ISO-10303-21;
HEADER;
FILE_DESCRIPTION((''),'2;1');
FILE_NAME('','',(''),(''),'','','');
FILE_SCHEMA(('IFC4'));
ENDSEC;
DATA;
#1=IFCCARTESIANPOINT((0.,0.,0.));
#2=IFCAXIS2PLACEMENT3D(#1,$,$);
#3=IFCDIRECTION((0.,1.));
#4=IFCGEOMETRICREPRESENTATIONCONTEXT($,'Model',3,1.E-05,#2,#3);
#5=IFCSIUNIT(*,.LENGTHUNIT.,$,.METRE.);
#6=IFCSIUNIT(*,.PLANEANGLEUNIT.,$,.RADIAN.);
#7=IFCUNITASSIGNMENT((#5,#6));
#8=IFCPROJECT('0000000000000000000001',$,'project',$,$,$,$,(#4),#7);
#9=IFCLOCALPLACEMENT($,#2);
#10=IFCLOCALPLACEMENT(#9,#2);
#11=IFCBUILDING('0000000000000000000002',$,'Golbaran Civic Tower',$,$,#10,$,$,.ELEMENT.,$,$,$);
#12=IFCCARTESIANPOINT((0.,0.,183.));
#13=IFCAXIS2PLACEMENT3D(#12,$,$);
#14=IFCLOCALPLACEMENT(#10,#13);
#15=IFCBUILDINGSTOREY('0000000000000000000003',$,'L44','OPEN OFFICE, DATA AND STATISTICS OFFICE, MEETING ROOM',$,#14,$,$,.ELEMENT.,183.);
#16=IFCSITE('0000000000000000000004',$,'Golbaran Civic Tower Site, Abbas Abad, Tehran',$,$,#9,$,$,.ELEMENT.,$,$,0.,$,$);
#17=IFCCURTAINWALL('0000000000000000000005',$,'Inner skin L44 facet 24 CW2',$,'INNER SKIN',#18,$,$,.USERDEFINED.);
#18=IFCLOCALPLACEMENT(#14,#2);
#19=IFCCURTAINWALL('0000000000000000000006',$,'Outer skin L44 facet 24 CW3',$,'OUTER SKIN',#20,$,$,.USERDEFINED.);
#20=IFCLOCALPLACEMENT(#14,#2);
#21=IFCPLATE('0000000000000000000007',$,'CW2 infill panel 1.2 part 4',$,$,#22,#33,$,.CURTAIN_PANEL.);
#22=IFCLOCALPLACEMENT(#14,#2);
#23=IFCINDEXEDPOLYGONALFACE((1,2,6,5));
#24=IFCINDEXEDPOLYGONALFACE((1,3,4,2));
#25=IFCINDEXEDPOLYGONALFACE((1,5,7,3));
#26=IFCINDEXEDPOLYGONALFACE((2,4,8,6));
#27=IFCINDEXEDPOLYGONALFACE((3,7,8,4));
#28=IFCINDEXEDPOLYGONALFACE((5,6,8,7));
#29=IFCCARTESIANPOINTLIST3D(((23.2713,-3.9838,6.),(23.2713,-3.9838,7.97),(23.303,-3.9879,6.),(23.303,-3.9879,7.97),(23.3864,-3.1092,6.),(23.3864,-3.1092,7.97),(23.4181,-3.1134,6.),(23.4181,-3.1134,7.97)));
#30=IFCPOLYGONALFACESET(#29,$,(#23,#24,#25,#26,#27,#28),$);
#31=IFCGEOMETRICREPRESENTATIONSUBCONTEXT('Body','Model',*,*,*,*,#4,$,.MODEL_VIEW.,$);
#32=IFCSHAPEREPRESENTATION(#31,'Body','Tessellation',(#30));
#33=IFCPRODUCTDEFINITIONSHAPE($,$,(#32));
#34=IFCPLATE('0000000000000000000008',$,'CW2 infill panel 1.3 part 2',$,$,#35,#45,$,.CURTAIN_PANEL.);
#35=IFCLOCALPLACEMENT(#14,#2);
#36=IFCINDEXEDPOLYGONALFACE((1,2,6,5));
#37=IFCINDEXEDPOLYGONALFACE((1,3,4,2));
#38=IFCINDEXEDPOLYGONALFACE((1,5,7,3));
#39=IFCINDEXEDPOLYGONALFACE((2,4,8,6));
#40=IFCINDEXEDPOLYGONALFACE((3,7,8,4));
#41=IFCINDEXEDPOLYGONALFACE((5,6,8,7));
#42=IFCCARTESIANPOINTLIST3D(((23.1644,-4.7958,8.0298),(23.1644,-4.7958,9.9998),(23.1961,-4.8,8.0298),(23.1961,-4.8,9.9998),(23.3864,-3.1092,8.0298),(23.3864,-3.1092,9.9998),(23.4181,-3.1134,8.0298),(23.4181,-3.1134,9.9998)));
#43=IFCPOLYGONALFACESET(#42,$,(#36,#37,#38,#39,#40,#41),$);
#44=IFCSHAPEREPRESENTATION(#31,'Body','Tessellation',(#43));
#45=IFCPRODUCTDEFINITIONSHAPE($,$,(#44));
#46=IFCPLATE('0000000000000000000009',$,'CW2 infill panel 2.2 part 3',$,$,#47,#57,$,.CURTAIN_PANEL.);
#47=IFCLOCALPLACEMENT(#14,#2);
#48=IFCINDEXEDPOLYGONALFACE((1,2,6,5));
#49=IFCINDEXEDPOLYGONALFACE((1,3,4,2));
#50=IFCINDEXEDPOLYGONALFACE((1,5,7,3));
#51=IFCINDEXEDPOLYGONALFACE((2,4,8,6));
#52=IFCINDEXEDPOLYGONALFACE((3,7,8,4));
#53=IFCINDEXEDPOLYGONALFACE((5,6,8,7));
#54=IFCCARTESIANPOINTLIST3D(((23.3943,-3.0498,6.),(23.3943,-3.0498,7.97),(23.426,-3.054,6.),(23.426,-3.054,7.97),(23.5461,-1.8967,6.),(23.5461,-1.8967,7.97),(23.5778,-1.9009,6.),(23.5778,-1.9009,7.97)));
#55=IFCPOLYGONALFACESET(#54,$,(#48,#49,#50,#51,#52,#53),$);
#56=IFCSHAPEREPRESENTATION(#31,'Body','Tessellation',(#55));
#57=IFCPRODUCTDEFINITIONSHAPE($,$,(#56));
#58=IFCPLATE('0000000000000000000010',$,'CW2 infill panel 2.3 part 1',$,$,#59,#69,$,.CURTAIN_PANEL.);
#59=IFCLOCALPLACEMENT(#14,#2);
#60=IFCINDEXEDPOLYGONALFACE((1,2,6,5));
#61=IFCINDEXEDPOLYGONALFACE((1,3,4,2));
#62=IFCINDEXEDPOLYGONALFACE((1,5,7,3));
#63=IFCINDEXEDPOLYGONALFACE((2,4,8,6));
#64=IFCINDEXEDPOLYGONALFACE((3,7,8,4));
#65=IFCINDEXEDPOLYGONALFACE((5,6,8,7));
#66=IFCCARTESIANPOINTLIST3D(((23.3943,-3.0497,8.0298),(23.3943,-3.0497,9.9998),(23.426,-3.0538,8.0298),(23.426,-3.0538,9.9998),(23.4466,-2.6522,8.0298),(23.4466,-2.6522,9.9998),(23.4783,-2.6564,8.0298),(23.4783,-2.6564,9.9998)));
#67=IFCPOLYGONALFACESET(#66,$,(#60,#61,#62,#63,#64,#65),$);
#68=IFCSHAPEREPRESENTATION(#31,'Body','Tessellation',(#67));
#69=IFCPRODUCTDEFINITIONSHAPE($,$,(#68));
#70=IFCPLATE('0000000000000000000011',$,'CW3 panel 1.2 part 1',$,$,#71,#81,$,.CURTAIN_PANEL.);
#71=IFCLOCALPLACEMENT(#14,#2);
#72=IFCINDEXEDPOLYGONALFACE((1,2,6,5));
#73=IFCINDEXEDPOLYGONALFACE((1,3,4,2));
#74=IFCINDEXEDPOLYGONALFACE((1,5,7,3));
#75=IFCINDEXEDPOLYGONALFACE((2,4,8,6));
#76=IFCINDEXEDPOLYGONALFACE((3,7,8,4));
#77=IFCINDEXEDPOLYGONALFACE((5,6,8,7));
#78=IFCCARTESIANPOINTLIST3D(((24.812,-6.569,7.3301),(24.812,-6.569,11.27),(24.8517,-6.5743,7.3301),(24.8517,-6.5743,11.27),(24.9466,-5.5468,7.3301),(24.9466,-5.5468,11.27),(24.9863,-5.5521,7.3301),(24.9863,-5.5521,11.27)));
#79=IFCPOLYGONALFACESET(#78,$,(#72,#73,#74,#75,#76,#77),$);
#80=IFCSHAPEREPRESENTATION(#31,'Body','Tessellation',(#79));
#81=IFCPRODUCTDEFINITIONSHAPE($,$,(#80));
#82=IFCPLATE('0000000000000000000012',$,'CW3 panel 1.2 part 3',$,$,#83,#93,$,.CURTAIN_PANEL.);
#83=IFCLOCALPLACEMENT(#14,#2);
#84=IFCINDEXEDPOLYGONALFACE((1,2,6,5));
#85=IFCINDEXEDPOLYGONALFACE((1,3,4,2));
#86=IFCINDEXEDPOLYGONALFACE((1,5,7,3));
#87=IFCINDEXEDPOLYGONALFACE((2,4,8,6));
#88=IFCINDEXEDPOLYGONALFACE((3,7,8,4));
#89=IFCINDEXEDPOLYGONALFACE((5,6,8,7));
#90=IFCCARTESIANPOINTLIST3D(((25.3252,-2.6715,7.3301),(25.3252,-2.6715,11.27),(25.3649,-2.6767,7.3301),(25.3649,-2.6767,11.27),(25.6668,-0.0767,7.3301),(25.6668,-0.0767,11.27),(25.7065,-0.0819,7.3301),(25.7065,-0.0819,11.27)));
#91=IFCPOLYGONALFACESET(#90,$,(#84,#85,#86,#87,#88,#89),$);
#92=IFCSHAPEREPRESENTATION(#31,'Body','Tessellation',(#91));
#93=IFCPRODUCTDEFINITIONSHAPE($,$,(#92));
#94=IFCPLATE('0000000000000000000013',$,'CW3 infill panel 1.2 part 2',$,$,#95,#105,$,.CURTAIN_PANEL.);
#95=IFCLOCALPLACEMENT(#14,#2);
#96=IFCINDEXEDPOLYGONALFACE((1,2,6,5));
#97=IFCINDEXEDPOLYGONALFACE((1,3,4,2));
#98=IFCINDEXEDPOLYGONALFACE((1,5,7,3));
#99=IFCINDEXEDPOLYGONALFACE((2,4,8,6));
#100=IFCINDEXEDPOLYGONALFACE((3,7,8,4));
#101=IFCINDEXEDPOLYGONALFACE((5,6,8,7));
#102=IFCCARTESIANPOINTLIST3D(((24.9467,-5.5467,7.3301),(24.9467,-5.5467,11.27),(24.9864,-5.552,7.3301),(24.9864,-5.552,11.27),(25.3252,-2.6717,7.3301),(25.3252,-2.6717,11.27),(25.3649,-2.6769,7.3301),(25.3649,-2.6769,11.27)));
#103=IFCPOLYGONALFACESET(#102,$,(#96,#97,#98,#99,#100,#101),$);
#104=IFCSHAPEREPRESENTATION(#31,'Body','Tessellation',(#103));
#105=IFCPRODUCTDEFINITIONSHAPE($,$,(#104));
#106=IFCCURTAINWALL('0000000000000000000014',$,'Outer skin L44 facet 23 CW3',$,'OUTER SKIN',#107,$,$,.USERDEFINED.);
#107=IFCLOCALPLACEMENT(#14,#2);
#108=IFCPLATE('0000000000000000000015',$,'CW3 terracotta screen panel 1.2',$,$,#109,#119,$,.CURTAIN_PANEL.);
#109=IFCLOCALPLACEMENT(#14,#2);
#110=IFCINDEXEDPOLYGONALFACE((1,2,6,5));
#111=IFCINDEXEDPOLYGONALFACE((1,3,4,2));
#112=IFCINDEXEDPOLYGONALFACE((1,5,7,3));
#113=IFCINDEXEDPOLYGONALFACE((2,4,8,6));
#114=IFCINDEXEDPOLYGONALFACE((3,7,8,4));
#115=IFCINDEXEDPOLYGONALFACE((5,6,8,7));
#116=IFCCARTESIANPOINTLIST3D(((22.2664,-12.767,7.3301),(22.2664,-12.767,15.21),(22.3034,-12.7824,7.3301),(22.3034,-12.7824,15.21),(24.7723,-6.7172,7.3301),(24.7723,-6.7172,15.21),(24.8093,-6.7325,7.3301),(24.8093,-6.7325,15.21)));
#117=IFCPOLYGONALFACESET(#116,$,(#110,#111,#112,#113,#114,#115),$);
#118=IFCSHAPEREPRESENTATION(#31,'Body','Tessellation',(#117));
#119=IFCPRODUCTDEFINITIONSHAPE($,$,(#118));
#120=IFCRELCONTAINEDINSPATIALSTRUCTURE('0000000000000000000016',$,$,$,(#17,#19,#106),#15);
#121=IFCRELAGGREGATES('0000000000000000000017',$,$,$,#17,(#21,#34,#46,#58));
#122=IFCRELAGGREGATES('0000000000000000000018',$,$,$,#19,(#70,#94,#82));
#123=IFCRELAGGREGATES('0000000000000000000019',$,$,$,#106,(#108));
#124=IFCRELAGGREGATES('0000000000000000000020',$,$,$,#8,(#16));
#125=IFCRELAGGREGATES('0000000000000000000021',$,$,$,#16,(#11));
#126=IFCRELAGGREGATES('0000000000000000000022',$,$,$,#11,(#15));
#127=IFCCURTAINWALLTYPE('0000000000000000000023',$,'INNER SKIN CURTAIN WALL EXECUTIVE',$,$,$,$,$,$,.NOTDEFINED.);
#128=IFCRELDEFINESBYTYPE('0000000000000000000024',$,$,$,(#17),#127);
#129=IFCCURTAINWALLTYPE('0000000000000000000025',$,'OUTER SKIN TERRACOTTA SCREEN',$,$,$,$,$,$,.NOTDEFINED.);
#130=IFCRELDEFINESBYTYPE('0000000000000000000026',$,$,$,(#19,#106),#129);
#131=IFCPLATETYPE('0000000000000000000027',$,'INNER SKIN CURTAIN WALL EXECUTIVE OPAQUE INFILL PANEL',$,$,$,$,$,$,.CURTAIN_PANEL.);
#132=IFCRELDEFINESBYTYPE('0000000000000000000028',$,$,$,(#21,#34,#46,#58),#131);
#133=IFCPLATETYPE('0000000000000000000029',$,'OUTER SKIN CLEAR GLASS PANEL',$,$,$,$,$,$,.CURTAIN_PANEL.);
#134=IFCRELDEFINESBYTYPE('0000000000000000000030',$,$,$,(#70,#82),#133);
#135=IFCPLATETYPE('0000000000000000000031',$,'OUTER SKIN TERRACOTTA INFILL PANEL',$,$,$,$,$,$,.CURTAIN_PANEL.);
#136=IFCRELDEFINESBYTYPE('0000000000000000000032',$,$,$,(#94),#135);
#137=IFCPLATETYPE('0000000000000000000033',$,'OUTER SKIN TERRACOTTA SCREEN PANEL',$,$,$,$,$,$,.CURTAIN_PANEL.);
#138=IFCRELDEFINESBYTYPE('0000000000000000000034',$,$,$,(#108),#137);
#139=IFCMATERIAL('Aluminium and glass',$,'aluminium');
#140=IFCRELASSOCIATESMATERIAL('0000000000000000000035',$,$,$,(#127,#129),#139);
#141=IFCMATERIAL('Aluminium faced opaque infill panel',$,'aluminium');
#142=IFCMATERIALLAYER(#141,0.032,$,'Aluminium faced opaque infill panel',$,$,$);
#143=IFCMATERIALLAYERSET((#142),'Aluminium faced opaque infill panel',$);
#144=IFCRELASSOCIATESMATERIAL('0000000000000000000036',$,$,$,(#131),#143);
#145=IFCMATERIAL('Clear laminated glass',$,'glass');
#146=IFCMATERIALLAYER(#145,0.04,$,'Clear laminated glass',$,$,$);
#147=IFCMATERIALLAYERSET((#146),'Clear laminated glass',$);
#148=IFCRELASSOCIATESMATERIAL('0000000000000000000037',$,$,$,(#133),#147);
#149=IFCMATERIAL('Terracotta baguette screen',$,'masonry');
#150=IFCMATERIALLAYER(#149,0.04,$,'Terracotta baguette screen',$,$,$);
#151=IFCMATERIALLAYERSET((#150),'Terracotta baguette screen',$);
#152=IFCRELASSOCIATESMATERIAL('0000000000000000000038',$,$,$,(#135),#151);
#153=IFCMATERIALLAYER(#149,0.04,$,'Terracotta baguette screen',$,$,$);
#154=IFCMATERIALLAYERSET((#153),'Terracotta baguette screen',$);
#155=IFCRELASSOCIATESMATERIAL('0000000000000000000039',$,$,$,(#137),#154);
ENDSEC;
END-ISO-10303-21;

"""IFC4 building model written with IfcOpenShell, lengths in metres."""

from ifc_helpers import new_model, si_unit, direction, frame, origin, origin_2d, place, context, subcontext, project, spatial, rectangle, extrude, material, layer, layer_set, type_object, element, aggregate, save


model = new_model("IFC4")

# Units and contexts
model_context = context("Model", 3, precision=1e-05, world=origin(), true_north=direction((0.0, 1.0)))
body_context = subcontext(model_context, "Body", "Model", "MODEL_VIEW")
ifc_project = project(units=[si_unit("LENGTHUNIT", "METRE"), si_unit("PLANEANGLEUNIT", "RADIAN")], contexts=[model_context])

# Site, building, storey
site_placement = place(None, origin())
site = spatial("IfcSite", under=ifc_project, at=site_placement, Name="Golbaran Civic Tower Site, Abbas Abad, Tehran", CompositionType="ELEMENT", RefElevation=0.0)
building_placement = place(site_placement, origin())
building = spatial("IfcBuilding", under=site, at=building_placement, Name="Golbaran Civic Tower", CompositionType="ELEMENT")
storey_placement = place(building_placement, frame((0.0, 0.0, 183.0)))
storey = spatial("IfcBuildingStorey", under=building, at=storey_placement, Name="L44", Description="OPEN OFFICE, DATA AND STATISTICS OFFICE, MEETING ROOM", CompositionType="ELEMENT", Elevation=183.0)

# Shared definitions
ifc_material_1 = material(Name="Aluminium and glass", Category="aluminium")
curtain_wall_type_1 = type_object("IfcCurtainWallType", Name="INNER SKIN CURTAIN WALL EXECUTIVE", PredefinedType="NOTDEFINED", material=ifc_material_1)

# Curtain wall
curtain_wall_1_placement = place(storey_placement, origin())
curtain_wall_1 = element("IfcCurtainWall", 1, at=curtain_wall_1_placement, inside=storey, type_object=curtain_wall_type_1, Name="Inner skin L44 facet 24 CW2", ObjectType="INNER SKIN", PredefinedType="USERDEFINED")

# Curtain wall
curtain_wall_type_2 = type_object("IfcCurtainWallType", Name="OUTER SKIN TERRACOTTA SCREEN", PredefinedType="NOTDEFINED", material=ifc_material_1)
curtain_wall_2_placement = place(storey_placement, origin())
curtain_wall_2 = element("IfcCurtainWall", 2, at=curtain_wall_2_placement, inside=storey, type_object=curtain_wall_type_2, Name="Outer skin L44 facet 24 CW3", ObjectType="OUTER SKIN", PredefinedType="USERDEFINED")

# Plates
ifc_material_2 = material(Name="Aluminium faced opaque infill panel", Category="aluminium")
ifc_layer_1 = layer(ifc_material_2, 0.032, Name="Aluminium faced opaque infill panel")
ifc_layer_set_1 = layer_set([ifc_layer_1], Name="Aluminium faced opaque infill panel")
plate_type_1 = type_object("IfcPlateType", Name="INNER SKIN CURTAIN WALL EXECUTIVE OPAQUE INFILL PANEL", PredefinedType="CURTAIN_PANEL", material=ifc_layer_set_1)
plate_1_placement = place(storey_placement, frame((23.3447, -3.5486, 6.0), z_axis=(0.0, 0.0, 1.0), x_axis=(0.130526, 0.991445, 0.0)))
plate_1 = element("IfcPlate", 3, at=plate_1_placement, type_object=plate_type_1, Name="CW2 infill panel 1.2 part 4", PredefinedType="CURTAIN_PANEL", context=body_context, shape_type="SweptSolid", body=[
    extrude(rectangle(XDim=0.8821, YDim=0.032, at=origin_2d()), origin(), (0.0, 0.0, 1.0), 1.97),
])
plate_2_placement = place(storey_placement, frame((23.2913, -3.9546, 8.0298), z_axis=(0.0, 0.0, 1.0), x_axis=(0.130526, 0.991445, 0.0)))
plate_2 = element("IfcPlate", 4, at=plate_2_placement, type_object=plate_type_1, Name="CW2 infill panel 1.3 part 2", PredefinedType="CURTAIN_PANEL", context=body_context, shape_type="SweptSolid", body=[
    extrude(rectangle(XDim=1.7012, YDim=0.032, at=origin_2d()), origin(), (0.0, 0.0, 1.0), 1.97),
])
plate_3_placement = place(storey_placement, frame((23.4861, -2.4753, 6.0), z_axis=(0.0, 0.0, 1.0), x_axis=(0.130526, 0.991445, 0.0)))
plate_3 = element("IfcPlate", 5, at=plate_3_placement, type_object=plate_type_1, Name="CW2 infill panel 2.2 part 3", PredefinedType="CURTAIN_PANEL", context=body_context, shape_type="SweptSolid", body=[
    extrude(rectangle(XDim=1.1631, YDim=0.032, at=origin_2d()), origin(), (0.0, 0.0, 1.0), 1.97),
])
plate_4_placement = place(storey_placement, frame((23.4363, -2.853, 8.0298), z_axis=(0.0, 0.0, 1.0), x_axis=(0.130526, 0.991445, 0.0)))
plate_4 = element("IfcPlate", 6, at=plate_4_placement, type_object=plate_type_1, Name="CW2 infill panel 2.3 part 1", PredefinedType="CURTAIN_PANEL", context=body_context, shape_type="SweptSolid", body=[
    extrude(rectangle(XDim=0.4009, YDim=0.032, at=origin_2d()), origin(), (0.0, 0.0, 1.0), 1.97),
])
aggregate(curtain_wall_1, [plate_1, plate_2, plate_3, plate_4])
ifc_material_3 = material(Name="Clear laminated glass", Category="glass")
ifc_layer_2 = layer(ifc_material_3, 0.04, Name="Clear laminated glass")
ifc_layer_set_2 = layer_set([ifc_layer_2], Name="Clear laminated glass")
plate_type_2 = type_object("IfcPlateType", Name="OUTER SKIN CLEAR GLASS PANEL", PredefinedType="CURTAIN_PANEL", material=ifc_layer_set_2)
plate_5_placement = place(storey_placement, frame((24.8992, -6.0605, 7.3301), z_axis=(0.0, 0.0, 1.0), x_axis=(0.130526, 0.991445, 0.0)))
plate_5 = element("IfcPlate", 7, at=plate_5_placement, type_object=plate_type_2, Name="CW3 panel 1.2 part 1", PredefinedType="CURTAIN_PANEL", context=body_context, shape_type="SweptSolid", body=[
    extrude(rectangle(XDim=1.031, YDim=0.04, at=origin_2d()), origin(), (0.0, 0.0, 1.0), 3.9399),
])
plate_6_placement = place(storey_placement, frame((25.5159, -1.3767, 7.3301), z_axis=(0.0, 0.0, 1.0), x_axis=(0.130526, 0.991445, 0.0)))
plate_6 = element("IfcPlate", 8, at=plate_6_placement, type_object=plate_type_2, Name="CW3 panel 1.2 part 3", PredefinedType="CURTAIN_PANEL", context=body_context, shape_type="SweptSolid", body=[
    extrude(rectangle(XDim=2.6172, YDim=0.04, at=origin_2d()), origin(), (0.0, 0.0, 1.0), 3.9399),
])
ifc_material_4 = material(Name="Terracotta baguette screen", Category="masonry")
ifc_layer_3 = layer(ifc_material_4, 0.04, Name="Terracotta baguette screen")
ifc_layer_set_3 = layer_set([ifc_layer_3], Name="Terracotta baguette screen")
plate_type_3 = type_object("IfcPlateType", Name="OUTER SKIN TERRACOTTA INFILL PANEL", PredefinedType="CURTAIN_PANEL", material=ifc_layer_set_3)
plate_7_placement = place(storey_placement, frame((25.1558, -4.1118, 7.3301), z_axis=(0.0, 0.0, 1.0), x_axis=(0.130526, 0.991445, 0.0)))
plate_7 = element("IfcPlate", 9, at=plate_7_placement, type_object=plate_type_3, Name="CW3 infill panel 1.2 part 2", PredefinedType="CURTAIN_PANEL", context=body_context, shape_type="SweptSolid", body=[
    extrude(rectangle(XDim=2.8999, YDim=0.04, at=origin_2d()), origin(), (0.0, 0.0, 1.0), 3.9399),
])
aggregate(curtain_wall_2, [plate_5, plate_7, plate_6])

# Curtain wall, plate
curtain_wall_3_placement = place(storey_placement, origin())
curtain_wall_3 = element("IfcCurtainWall", 10, at=curtain_wall_3_placement, inside=storey, type_object=curtain_wall_type_2, Name="Outer skin L44 facet 23 CW3", ObjectType="OUTER SKIN", PredefinedType="USERDEFINED")
ifc_layer_4 = layer(ifc_material_4, 0.04, Name="Terracotta baguette screen")
ifc_layer_set_4 = layer_set([ifc_layer_4], Name="Terracotta baguette screen")
plate_type_4 = type_object("IfcPlateType", Name="OUTER SKIN TERRACOTTA SCREEN PANEL", PredefinedType="CURTAIN_PANEL", material=ifc_layer_set_4)
plate_8_placement = place(storey_placement, frame((23.5378, -9.7498, 7.3301), z_axis=(0.0, 0.0, 1.0), x_axis=(0.382683, 0.92388, 0.0)))
plate_8 = element("IfcPlate", 11, at=plate_8_placement, type_object=plate_type_4, Name="CW3 terracotta screen panel 1.2", PredefinedType="CURTAIN_PANEL", context=body_context, shape_type="SweptSolid", body=[
    extrude(rectangle(XDim=6.5483, YDim=0.04, at=origin_2d()), origin(), (0.0, 0.0, 1.0), 7.8799),
])
aggregate(curtain_wall_3, [plate_8])

save(model, "model.ifc")
